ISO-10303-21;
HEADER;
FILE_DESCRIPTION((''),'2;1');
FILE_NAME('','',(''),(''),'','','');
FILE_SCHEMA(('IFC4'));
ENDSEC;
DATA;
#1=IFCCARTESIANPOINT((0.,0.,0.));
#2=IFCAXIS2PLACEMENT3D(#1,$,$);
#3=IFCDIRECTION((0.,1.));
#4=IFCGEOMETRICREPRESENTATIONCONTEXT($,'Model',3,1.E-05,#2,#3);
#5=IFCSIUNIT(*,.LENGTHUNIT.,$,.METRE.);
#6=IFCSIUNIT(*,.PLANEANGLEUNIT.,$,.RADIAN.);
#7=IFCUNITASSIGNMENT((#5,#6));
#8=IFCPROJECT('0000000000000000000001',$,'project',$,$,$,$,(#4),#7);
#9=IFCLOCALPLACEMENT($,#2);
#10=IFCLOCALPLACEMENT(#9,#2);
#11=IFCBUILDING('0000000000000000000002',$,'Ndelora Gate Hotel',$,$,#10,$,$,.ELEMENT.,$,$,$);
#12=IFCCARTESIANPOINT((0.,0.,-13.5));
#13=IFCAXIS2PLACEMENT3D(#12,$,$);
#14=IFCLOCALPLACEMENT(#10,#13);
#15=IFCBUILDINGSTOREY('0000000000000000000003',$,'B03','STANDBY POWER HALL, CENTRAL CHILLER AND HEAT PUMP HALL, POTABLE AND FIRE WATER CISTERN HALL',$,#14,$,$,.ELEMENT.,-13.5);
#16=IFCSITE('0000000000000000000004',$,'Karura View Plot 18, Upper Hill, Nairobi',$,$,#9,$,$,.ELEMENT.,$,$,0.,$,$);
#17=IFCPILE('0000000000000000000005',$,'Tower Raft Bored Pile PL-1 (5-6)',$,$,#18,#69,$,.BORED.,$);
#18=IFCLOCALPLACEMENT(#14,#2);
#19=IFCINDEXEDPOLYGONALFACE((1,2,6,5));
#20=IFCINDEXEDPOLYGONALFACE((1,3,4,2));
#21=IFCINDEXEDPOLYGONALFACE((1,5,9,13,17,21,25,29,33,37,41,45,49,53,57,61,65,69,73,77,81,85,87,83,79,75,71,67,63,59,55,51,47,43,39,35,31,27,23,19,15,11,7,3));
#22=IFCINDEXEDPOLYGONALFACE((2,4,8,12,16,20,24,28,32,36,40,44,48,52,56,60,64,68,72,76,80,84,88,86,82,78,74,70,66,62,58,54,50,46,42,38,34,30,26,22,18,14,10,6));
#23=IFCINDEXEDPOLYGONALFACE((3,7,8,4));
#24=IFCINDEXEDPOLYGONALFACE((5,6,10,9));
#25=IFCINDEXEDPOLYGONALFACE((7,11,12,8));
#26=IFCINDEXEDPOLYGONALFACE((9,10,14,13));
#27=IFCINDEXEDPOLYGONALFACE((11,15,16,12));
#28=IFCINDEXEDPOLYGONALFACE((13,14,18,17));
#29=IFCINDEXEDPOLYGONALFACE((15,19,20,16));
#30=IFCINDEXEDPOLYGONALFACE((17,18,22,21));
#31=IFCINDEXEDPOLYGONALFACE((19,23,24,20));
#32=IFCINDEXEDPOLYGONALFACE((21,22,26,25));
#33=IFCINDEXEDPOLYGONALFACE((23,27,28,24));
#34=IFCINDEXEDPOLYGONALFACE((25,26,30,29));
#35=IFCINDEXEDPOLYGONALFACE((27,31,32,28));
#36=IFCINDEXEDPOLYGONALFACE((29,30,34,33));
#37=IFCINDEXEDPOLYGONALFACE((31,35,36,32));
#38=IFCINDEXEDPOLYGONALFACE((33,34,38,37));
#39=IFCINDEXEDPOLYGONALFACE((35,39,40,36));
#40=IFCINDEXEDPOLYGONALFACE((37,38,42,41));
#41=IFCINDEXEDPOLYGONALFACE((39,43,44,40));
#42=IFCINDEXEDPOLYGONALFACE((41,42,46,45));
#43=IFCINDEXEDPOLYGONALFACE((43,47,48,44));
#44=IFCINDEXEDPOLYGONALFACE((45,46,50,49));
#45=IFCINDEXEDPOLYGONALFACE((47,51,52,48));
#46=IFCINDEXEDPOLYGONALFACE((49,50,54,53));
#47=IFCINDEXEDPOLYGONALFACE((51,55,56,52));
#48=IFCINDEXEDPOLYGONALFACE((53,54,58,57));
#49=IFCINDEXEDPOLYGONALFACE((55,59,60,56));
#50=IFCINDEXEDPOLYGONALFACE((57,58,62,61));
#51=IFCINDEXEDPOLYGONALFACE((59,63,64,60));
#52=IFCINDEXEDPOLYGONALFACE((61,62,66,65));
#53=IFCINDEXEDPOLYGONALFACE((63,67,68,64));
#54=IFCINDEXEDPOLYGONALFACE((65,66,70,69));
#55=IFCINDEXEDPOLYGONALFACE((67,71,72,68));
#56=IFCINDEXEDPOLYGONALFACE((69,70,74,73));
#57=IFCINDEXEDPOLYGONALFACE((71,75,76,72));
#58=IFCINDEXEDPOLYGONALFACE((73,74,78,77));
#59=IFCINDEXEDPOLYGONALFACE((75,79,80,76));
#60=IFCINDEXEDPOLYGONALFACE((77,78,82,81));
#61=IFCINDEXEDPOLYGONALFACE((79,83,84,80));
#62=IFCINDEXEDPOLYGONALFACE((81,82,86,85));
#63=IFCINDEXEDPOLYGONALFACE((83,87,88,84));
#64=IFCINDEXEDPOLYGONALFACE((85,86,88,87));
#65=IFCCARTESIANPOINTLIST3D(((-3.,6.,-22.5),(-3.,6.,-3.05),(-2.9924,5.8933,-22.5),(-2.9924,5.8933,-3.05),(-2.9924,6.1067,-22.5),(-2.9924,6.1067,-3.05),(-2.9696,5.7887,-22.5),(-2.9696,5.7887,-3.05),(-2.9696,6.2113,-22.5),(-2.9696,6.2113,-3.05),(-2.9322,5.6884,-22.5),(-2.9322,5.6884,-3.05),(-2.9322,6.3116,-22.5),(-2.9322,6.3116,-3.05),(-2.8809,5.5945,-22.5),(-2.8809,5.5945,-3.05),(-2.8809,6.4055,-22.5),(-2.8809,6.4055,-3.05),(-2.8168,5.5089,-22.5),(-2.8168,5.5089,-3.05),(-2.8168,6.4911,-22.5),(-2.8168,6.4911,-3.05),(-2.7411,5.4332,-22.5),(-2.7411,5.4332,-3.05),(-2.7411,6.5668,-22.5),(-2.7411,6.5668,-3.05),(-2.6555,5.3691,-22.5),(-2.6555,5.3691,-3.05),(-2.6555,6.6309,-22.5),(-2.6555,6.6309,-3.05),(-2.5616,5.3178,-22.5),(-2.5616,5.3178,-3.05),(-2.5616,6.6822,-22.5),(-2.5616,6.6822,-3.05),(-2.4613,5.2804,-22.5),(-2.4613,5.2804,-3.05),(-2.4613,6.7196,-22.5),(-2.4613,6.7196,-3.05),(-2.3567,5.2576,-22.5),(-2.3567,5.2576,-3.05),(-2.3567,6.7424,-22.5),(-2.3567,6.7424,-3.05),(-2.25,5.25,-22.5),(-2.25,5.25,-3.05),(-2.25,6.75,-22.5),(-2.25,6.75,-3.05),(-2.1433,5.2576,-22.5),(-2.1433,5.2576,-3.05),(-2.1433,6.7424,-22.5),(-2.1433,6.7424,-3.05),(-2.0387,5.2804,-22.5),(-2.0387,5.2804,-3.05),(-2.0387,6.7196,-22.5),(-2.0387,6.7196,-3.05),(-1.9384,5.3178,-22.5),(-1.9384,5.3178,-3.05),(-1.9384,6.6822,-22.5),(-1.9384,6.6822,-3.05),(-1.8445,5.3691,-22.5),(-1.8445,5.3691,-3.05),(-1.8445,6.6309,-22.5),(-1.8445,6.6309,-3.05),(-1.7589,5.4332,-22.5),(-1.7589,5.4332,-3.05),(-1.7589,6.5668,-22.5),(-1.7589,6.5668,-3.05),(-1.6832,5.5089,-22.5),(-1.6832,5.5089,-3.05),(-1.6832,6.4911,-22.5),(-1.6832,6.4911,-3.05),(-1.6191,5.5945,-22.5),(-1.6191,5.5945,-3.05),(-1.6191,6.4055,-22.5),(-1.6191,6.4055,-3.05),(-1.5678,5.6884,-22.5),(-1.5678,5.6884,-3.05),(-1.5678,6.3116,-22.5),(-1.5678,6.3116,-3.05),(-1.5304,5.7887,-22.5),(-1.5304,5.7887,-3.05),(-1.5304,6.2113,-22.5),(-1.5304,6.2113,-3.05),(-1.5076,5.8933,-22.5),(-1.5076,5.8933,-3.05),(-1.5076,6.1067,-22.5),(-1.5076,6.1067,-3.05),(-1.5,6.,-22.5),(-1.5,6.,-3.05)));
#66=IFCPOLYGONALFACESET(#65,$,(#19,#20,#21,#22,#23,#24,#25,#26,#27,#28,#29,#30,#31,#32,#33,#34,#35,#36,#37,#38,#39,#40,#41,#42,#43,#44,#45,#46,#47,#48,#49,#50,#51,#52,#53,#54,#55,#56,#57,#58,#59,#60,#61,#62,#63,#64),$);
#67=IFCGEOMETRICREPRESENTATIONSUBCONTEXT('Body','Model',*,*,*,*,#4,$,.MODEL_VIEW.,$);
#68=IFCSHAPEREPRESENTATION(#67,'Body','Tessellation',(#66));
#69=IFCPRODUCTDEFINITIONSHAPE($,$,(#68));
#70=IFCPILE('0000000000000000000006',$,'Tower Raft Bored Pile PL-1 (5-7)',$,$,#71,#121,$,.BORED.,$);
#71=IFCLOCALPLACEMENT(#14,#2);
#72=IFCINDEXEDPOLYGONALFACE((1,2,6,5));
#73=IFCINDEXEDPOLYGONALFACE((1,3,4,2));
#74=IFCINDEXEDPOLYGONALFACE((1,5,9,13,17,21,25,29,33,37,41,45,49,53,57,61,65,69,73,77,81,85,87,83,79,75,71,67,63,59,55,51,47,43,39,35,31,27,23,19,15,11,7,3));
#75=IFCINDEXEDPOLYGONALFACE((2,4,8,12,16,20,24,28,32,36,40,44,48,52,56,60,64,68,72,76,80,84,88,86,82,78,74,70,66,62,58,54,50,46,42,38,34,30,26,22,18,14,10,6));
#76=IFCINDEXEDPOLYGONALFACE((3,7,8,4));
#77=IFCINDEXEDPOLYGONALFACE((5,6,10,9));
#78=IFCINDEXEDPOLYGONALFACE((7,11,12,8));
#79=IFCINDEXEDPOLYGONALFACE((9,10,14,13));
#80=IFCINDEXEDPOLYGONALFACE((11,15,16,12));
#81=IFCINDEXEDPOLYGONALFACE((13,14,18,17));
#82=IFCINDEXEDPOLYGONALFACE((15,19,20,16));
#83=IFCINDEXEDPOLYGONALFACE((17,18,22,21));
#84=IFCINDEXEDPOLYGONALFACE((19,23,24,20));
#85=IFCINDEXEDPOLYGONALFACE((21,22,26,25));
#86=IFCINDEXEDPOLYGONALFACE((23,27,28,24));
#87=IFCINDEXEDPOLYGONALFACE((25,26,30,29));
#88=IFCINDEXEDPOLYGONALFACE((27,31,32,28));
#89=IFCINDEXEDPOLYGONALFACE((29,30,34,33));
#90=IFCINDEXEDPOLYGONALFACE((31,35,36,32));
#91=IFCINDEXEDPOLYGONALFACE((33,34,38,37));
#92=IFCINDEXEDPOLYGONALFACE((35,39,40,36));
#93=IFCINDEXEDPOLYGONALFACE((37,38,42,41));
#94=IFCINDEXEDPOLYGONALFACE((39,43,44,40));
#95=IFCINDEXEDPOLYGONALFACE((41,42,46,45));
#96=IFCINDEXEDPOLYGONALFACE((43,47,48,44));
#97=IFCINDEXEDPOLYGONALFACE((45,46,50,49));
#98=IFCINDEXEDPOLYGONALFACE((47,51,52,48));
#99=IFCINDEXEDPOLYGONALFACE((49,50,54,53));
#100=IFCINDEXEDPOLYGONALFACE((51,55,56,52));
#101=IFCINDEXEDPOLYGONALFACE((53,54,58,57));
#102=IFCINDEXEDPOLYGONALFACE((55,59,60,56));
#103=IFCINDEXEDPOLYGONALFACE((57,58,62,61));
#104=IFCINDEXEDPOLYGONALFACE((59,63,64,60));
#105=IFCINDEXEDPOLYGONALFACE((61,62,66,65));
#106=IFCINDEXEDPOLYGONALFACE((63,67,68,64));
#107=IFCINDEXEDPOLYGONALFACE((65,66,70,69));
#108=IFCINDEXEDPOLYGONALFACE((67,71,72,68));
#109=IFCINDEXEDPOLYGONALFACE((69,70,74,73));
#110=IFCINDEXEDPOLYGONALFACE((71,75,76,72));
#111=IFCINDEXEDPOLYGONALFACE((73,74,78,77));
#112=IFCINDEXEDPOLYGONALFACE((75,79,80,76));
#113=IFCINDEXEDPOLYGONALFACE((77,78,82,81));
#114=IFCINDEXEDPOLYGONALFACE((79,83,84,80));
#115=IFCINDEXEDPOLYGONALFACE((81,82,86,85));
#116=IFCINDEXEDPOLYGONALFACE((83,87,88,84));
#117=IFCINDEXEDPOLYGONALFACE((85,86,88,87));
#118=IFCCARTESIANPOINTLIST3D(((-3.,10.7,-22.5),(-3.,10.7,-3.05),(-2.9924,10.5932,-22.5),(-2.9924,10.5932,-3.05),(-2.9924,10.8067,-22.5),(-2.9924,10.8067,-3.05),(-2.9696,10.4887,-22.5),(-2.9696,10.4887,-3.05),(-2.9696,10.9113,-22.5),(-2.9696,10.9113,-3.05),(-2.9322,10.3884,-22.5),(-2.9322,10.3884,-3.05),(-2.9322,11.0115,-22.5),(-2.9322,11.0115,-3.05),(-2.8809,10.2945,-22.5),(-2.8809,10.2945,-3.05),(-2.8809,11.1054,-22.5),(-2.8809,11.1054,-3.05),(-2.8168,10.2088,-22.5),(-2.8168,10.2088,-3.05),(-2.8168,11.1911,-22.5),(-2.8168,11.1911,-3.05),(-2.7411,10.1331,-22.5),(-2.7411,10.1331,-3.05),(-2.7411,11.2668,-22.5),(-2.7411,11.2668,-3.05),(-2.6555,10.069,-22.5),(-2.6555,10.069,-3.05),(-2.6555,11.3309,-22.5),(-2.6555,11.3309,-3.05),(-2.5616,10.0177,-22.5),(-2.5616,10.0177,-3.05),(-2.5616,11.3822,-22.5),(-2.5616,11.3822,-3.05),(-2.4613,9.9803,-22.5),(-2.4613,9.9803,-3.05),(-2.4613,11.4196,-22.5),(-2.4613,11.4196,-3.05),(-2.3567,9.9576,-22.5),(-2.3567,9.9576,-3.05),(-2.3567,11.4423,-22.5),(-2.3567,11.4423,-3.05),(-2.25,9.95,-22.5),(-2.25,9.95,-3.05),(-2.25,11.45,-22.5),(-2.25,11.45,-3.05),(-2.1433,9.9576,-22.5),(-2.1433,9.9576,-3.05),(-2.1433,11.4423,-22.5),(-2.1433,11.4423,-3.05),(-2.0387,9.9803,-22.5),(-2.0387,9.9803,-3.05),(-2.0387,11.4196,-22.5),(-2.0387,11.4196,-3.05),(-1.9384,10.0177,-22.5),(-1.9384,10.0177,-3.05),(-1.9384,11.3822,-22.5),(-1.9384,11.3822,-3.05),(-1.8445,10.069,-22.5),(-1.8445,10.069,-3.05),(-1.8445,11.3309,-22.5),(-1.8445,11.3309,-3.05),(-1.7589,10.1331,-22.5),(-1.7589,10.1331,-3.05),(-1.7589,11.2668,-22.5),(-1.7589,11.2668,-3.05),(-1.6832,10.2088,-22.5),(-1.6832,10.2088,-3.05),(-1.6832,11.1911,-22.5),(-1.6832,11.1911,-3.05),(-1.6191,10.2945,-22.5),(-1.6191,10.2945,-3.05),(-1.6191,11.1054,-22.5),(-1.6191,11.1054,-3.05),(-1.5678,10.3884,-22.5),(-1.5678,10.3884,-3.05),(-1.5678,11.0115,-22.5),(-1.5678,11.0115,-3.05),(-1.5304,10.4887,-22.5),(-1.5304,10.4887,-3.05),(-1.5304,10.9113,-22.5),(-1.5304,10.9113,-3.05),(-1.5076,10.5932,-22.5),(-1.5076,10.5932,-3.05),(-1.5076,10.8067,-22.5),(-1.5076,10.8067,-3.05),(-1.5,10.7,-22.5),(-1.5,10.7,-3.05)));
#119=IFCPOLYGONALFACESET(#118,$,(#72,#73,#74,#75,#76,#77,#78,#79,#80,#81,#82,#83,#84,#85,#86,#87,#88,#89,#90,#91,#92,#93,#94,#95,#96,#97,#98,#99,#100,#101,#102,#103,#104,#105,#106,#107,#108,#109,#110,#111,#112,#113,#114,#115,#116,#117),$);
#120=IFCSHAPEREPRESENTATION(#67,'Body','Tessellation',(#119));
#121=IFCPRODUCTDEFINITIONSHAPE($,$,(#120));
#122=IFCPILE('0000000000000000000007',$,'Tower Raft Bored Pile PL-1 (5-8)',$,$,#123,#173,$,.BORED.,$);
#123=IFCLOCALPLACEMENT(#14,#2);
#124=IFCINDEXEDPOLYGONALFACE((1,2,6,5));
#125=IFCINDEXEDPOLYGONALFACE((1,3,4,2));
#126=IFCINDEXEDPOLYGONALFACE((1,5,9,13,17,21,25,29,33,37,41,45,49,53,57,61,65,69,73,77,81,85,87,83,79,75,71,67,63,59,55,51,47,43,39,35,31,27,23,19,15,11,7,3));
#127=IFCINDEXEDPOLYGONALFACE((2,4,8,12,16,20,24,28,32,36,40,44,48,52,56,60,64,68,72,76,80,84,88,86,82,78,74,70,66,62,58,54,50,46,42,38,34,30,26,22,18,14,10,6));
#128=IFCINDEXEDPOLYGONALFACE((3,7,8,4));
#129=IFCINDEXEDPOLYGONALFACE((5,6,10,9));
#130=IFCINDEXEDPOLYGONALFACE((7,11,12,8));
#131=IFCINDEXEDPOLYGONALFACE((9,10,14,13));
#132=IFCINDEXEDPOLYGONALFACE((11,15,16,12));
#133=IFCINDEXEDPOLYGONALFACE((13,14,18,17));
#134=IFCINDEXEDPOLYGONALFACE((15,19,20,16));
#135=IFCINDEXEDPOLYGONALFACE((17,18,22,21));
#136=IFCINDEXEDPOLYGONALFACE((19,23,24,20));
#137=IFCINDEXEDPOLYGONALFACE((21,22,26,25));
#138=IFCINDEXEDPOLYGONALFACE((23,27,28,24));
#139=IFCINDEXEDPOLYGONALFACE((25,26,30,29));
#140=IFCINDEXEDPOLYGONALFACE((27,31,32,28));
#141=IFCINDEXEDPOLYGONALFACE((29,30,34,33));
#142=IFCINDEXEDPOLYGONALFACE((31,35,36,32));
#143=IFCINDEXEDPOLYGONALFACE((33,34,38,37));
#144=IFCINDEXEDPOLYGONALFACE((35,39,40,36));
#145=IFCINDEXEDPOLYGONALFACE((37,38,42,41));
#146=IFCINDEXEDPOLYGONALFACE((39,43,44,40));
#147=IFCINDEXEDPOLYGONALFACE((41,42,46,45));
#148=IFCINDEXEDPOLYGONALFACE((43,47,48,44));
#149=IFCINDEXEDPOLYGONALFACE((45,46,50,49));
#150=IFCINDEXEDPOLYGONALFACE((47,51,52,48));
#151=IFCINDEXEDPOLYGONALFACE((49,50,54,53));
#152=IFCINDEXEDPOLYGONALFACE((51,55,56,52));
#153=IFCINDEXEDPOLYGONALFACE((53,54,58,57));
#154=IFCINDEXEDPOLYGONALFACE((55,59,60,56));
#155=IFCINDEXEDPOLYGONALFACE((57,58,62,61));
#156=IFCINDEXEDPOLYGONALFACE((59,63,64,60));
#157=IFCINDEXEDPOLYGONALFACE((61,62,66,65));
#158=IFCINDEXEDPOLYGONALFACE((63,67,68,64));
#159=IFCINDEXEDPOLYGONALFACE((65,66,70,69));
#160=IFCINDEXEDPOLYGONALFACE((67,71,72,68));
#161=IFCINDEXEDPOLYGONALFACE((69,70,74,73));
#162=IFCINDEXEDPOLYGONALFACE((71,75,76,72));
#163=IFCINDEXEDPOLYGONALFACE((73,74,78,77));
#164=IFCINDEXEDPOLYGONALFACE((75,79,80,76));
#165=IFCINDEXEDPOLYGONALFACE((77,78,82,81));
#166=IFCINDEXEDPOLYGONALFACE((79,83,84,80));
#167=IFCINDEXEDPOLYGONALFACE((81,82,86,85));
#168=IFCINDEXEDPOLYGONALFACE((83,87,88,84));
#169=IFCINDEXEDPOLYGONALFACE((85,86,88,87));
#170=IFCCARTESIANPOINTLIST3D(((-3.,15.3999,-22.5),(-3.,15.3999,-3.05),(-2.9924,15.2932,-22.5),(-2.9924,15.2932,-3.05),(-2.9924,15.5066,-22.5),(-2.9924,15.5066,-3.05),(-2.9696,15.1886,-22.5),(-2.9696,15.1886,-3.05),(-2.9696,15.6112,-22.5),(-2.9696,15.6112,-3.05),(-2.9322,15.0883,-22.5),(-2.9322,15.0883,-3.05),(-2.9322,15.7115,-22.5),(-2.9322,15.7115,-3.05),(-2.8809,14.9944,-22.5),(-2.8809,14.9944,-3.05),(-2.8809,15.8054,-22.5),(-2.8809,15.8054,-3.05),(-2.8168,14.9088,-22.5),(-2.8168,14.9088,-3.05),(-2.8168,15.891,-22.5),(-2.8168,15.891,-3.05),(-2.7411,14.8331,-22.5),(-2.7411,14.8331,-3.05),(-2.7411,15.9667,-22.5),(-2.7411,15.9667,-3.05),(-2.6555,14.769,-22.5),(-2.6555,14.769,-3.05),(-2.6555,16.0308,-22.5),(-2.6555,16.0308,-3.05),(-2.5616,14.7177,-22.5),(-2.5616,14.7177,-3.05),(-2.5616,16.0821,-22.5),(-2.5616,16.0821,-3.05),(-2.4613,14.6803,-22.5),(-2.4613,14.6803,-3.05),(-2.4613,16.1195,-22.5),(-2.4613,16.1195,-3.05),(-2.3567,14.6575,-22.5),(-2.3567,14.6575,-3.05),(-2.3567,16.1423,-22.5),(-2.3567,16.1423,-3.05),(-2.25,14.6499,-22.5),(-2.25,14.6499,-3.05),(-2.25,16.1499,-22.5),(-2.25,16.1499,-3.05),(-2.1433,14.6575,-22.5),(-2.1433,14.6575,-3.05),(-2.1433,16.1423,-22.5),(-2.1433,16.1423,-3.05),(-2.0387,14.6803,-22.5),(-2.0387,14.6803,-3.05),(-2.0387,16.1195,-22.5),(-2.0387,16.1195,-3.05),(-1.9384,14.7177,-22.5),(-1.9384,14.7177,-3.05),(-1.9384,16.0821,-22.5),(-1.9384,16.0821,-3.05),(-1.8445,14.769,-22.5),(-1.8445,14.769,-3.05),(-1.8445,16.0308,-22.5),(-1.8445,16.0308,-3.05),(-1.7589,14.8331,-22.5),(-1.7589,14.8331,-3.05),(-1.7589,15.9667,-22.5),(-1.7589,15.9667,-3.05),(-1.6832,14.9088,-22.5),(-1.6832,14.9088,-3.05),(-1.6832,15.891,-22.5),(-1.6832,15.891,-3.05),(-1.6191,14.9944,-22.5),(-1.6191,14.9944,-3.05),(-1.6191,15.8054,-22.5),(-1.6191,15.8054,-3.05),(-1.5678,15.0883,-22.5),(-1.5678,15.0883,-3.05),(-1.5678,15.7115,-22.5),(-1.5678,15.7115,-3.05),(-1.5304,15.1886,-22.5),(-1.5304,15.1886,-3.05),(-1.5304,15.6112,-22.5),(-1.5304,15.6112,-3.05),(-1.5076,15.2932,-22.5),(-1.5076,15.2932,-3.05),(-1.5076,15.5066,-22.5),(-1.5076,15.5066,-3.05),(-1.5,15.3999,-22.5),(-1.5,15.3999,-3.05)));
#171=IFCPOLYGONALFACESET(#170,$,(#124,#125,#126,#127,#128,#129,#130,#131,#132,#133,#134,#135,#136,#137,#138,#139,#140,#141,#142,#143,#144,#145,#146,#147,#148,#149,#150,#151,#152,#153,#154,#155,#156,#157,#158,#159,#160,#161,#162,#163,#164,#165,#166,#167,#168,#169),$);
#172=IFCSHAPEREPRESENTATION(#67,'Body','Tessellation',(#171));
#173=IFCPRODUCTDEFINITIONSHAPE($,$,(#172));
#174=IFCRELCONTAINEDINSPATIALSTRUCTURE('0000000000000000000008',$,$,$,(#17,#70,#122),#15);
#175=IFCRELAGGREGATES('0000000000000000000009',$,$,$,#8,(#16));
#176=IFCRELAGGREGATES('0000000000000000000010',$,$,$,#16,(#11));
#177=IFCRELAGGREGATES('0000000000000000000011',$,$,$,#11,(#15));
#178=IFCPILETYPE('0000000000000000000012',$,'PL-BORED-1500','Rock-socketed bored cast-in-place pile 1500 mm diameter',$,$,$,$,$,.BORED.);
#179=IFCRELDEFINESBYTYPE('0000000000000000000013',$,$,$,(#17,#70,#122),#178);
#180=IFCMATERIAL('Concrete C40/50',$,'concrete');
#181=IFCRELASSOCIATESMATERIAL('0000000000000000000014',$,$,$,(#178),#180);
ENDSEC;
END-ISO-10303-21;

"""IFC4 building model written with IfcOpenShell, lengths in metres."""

from ifc_helpers import new_model, si_unit, direction, frame, origin, origin_2d, place, context, subcontext, project, spatial, circle, extrude, material, material_profile, profile_set, type_object, element, save


model = new_model("IFC4")

# Units and contexts
model_context = context("Model", 3, precision=1e-05, world=origin(), true_north=direction((0.0, 1.0)))
body_context = subcontext(model_context, "Body", "Model", "MODEL_VIEW")
ifc_project = project(units=[si_unit("LENGTHUNIT", "METRE"), si_unit("PLANEANGLEUNIT", "RADIAN")], contexts=[model_context])

# Site, building, storey
site_placement = place(None, origin())
site = spatial("IfcSite", under=ifc_project, at=site_placement, Name="Karura View Plot 18, Upper Hill, Nairobi", CompositionType="ELEMENT", RefElevation=0.0)
building_placement = place(site_placement, origin())
building = spatial("IfcBuilding", under=site, at=building_placement, Name="Ndelora Gate Hotel", CompositionType="ELEMENT")
storey_placement = place(building_placement, frame((0.0, 0.0, -13.5)))
storey = spatial("IfcBuildingStorey", under=building, at=storey_placement, Name="B03", Description="STANDBY POWER HALL, CENTRAL CHILLER AND HEAT PUMP HALL, POTABLE AND FIRE WATER CISTERN HALL", CompositionType="ELEMENT", Elevation=-13.5)

# Piles
ifc_material_1 = material(Name="Concrete C40/50", Category="concrete")
ifc_material_profile_1 = material_profile(ifc_material_1, circle(Radius=0.75, at=origin_2d()), Name="PILE D1500")
ifc_profile_set_1 = profile_set([ifc_material_profile_1], Name="Concrete C40/50")
pile_type = type_object("IfcPileType", Name="PL-BORED-1500", Description="Rock-socketed bored cast-in-place pile 1500 mm diameter", PredefinedType="BORED", material=ifc_profile_set_1)
for number, where, z_axis, x_axis, name in (
    (1, (-2.25, 6.0, -3.05), (0.0, 0.0, -1.0), (1.0, 0.0, 0.0), "Tower Raft Bored Pile PL-1 (5-6)"),
    (2, (-2.25, 10.7, -3.05), (0.0, 0.0, -1.0), (1.0, 0.0, 0.0), "Tower Raft Bored Pile PL-1 (5-7)"),
    (3, (-2.25, 15.3999, -3.05), (0.0, 0.0, -1.0), (1.0, 0.0, 0.0), "Tower Raft Bored Pile PL-1 (5-8)"),
):
    element("IfcPile", number, at=place(storey_placement, frame(where, z_axis=z_axis, x_axis=x_axis)), inside=storey, type_object=pile_type, Name=name, PredefinedType="BORED", context=body_context, shape_type="SweptSolid", body=[
        extrude(circle(Radius=0.75, at=origin_2d()), origin(), (0.0, 0.0, 1.0), 19.45),
    ])

save(model, "model.ifc")
